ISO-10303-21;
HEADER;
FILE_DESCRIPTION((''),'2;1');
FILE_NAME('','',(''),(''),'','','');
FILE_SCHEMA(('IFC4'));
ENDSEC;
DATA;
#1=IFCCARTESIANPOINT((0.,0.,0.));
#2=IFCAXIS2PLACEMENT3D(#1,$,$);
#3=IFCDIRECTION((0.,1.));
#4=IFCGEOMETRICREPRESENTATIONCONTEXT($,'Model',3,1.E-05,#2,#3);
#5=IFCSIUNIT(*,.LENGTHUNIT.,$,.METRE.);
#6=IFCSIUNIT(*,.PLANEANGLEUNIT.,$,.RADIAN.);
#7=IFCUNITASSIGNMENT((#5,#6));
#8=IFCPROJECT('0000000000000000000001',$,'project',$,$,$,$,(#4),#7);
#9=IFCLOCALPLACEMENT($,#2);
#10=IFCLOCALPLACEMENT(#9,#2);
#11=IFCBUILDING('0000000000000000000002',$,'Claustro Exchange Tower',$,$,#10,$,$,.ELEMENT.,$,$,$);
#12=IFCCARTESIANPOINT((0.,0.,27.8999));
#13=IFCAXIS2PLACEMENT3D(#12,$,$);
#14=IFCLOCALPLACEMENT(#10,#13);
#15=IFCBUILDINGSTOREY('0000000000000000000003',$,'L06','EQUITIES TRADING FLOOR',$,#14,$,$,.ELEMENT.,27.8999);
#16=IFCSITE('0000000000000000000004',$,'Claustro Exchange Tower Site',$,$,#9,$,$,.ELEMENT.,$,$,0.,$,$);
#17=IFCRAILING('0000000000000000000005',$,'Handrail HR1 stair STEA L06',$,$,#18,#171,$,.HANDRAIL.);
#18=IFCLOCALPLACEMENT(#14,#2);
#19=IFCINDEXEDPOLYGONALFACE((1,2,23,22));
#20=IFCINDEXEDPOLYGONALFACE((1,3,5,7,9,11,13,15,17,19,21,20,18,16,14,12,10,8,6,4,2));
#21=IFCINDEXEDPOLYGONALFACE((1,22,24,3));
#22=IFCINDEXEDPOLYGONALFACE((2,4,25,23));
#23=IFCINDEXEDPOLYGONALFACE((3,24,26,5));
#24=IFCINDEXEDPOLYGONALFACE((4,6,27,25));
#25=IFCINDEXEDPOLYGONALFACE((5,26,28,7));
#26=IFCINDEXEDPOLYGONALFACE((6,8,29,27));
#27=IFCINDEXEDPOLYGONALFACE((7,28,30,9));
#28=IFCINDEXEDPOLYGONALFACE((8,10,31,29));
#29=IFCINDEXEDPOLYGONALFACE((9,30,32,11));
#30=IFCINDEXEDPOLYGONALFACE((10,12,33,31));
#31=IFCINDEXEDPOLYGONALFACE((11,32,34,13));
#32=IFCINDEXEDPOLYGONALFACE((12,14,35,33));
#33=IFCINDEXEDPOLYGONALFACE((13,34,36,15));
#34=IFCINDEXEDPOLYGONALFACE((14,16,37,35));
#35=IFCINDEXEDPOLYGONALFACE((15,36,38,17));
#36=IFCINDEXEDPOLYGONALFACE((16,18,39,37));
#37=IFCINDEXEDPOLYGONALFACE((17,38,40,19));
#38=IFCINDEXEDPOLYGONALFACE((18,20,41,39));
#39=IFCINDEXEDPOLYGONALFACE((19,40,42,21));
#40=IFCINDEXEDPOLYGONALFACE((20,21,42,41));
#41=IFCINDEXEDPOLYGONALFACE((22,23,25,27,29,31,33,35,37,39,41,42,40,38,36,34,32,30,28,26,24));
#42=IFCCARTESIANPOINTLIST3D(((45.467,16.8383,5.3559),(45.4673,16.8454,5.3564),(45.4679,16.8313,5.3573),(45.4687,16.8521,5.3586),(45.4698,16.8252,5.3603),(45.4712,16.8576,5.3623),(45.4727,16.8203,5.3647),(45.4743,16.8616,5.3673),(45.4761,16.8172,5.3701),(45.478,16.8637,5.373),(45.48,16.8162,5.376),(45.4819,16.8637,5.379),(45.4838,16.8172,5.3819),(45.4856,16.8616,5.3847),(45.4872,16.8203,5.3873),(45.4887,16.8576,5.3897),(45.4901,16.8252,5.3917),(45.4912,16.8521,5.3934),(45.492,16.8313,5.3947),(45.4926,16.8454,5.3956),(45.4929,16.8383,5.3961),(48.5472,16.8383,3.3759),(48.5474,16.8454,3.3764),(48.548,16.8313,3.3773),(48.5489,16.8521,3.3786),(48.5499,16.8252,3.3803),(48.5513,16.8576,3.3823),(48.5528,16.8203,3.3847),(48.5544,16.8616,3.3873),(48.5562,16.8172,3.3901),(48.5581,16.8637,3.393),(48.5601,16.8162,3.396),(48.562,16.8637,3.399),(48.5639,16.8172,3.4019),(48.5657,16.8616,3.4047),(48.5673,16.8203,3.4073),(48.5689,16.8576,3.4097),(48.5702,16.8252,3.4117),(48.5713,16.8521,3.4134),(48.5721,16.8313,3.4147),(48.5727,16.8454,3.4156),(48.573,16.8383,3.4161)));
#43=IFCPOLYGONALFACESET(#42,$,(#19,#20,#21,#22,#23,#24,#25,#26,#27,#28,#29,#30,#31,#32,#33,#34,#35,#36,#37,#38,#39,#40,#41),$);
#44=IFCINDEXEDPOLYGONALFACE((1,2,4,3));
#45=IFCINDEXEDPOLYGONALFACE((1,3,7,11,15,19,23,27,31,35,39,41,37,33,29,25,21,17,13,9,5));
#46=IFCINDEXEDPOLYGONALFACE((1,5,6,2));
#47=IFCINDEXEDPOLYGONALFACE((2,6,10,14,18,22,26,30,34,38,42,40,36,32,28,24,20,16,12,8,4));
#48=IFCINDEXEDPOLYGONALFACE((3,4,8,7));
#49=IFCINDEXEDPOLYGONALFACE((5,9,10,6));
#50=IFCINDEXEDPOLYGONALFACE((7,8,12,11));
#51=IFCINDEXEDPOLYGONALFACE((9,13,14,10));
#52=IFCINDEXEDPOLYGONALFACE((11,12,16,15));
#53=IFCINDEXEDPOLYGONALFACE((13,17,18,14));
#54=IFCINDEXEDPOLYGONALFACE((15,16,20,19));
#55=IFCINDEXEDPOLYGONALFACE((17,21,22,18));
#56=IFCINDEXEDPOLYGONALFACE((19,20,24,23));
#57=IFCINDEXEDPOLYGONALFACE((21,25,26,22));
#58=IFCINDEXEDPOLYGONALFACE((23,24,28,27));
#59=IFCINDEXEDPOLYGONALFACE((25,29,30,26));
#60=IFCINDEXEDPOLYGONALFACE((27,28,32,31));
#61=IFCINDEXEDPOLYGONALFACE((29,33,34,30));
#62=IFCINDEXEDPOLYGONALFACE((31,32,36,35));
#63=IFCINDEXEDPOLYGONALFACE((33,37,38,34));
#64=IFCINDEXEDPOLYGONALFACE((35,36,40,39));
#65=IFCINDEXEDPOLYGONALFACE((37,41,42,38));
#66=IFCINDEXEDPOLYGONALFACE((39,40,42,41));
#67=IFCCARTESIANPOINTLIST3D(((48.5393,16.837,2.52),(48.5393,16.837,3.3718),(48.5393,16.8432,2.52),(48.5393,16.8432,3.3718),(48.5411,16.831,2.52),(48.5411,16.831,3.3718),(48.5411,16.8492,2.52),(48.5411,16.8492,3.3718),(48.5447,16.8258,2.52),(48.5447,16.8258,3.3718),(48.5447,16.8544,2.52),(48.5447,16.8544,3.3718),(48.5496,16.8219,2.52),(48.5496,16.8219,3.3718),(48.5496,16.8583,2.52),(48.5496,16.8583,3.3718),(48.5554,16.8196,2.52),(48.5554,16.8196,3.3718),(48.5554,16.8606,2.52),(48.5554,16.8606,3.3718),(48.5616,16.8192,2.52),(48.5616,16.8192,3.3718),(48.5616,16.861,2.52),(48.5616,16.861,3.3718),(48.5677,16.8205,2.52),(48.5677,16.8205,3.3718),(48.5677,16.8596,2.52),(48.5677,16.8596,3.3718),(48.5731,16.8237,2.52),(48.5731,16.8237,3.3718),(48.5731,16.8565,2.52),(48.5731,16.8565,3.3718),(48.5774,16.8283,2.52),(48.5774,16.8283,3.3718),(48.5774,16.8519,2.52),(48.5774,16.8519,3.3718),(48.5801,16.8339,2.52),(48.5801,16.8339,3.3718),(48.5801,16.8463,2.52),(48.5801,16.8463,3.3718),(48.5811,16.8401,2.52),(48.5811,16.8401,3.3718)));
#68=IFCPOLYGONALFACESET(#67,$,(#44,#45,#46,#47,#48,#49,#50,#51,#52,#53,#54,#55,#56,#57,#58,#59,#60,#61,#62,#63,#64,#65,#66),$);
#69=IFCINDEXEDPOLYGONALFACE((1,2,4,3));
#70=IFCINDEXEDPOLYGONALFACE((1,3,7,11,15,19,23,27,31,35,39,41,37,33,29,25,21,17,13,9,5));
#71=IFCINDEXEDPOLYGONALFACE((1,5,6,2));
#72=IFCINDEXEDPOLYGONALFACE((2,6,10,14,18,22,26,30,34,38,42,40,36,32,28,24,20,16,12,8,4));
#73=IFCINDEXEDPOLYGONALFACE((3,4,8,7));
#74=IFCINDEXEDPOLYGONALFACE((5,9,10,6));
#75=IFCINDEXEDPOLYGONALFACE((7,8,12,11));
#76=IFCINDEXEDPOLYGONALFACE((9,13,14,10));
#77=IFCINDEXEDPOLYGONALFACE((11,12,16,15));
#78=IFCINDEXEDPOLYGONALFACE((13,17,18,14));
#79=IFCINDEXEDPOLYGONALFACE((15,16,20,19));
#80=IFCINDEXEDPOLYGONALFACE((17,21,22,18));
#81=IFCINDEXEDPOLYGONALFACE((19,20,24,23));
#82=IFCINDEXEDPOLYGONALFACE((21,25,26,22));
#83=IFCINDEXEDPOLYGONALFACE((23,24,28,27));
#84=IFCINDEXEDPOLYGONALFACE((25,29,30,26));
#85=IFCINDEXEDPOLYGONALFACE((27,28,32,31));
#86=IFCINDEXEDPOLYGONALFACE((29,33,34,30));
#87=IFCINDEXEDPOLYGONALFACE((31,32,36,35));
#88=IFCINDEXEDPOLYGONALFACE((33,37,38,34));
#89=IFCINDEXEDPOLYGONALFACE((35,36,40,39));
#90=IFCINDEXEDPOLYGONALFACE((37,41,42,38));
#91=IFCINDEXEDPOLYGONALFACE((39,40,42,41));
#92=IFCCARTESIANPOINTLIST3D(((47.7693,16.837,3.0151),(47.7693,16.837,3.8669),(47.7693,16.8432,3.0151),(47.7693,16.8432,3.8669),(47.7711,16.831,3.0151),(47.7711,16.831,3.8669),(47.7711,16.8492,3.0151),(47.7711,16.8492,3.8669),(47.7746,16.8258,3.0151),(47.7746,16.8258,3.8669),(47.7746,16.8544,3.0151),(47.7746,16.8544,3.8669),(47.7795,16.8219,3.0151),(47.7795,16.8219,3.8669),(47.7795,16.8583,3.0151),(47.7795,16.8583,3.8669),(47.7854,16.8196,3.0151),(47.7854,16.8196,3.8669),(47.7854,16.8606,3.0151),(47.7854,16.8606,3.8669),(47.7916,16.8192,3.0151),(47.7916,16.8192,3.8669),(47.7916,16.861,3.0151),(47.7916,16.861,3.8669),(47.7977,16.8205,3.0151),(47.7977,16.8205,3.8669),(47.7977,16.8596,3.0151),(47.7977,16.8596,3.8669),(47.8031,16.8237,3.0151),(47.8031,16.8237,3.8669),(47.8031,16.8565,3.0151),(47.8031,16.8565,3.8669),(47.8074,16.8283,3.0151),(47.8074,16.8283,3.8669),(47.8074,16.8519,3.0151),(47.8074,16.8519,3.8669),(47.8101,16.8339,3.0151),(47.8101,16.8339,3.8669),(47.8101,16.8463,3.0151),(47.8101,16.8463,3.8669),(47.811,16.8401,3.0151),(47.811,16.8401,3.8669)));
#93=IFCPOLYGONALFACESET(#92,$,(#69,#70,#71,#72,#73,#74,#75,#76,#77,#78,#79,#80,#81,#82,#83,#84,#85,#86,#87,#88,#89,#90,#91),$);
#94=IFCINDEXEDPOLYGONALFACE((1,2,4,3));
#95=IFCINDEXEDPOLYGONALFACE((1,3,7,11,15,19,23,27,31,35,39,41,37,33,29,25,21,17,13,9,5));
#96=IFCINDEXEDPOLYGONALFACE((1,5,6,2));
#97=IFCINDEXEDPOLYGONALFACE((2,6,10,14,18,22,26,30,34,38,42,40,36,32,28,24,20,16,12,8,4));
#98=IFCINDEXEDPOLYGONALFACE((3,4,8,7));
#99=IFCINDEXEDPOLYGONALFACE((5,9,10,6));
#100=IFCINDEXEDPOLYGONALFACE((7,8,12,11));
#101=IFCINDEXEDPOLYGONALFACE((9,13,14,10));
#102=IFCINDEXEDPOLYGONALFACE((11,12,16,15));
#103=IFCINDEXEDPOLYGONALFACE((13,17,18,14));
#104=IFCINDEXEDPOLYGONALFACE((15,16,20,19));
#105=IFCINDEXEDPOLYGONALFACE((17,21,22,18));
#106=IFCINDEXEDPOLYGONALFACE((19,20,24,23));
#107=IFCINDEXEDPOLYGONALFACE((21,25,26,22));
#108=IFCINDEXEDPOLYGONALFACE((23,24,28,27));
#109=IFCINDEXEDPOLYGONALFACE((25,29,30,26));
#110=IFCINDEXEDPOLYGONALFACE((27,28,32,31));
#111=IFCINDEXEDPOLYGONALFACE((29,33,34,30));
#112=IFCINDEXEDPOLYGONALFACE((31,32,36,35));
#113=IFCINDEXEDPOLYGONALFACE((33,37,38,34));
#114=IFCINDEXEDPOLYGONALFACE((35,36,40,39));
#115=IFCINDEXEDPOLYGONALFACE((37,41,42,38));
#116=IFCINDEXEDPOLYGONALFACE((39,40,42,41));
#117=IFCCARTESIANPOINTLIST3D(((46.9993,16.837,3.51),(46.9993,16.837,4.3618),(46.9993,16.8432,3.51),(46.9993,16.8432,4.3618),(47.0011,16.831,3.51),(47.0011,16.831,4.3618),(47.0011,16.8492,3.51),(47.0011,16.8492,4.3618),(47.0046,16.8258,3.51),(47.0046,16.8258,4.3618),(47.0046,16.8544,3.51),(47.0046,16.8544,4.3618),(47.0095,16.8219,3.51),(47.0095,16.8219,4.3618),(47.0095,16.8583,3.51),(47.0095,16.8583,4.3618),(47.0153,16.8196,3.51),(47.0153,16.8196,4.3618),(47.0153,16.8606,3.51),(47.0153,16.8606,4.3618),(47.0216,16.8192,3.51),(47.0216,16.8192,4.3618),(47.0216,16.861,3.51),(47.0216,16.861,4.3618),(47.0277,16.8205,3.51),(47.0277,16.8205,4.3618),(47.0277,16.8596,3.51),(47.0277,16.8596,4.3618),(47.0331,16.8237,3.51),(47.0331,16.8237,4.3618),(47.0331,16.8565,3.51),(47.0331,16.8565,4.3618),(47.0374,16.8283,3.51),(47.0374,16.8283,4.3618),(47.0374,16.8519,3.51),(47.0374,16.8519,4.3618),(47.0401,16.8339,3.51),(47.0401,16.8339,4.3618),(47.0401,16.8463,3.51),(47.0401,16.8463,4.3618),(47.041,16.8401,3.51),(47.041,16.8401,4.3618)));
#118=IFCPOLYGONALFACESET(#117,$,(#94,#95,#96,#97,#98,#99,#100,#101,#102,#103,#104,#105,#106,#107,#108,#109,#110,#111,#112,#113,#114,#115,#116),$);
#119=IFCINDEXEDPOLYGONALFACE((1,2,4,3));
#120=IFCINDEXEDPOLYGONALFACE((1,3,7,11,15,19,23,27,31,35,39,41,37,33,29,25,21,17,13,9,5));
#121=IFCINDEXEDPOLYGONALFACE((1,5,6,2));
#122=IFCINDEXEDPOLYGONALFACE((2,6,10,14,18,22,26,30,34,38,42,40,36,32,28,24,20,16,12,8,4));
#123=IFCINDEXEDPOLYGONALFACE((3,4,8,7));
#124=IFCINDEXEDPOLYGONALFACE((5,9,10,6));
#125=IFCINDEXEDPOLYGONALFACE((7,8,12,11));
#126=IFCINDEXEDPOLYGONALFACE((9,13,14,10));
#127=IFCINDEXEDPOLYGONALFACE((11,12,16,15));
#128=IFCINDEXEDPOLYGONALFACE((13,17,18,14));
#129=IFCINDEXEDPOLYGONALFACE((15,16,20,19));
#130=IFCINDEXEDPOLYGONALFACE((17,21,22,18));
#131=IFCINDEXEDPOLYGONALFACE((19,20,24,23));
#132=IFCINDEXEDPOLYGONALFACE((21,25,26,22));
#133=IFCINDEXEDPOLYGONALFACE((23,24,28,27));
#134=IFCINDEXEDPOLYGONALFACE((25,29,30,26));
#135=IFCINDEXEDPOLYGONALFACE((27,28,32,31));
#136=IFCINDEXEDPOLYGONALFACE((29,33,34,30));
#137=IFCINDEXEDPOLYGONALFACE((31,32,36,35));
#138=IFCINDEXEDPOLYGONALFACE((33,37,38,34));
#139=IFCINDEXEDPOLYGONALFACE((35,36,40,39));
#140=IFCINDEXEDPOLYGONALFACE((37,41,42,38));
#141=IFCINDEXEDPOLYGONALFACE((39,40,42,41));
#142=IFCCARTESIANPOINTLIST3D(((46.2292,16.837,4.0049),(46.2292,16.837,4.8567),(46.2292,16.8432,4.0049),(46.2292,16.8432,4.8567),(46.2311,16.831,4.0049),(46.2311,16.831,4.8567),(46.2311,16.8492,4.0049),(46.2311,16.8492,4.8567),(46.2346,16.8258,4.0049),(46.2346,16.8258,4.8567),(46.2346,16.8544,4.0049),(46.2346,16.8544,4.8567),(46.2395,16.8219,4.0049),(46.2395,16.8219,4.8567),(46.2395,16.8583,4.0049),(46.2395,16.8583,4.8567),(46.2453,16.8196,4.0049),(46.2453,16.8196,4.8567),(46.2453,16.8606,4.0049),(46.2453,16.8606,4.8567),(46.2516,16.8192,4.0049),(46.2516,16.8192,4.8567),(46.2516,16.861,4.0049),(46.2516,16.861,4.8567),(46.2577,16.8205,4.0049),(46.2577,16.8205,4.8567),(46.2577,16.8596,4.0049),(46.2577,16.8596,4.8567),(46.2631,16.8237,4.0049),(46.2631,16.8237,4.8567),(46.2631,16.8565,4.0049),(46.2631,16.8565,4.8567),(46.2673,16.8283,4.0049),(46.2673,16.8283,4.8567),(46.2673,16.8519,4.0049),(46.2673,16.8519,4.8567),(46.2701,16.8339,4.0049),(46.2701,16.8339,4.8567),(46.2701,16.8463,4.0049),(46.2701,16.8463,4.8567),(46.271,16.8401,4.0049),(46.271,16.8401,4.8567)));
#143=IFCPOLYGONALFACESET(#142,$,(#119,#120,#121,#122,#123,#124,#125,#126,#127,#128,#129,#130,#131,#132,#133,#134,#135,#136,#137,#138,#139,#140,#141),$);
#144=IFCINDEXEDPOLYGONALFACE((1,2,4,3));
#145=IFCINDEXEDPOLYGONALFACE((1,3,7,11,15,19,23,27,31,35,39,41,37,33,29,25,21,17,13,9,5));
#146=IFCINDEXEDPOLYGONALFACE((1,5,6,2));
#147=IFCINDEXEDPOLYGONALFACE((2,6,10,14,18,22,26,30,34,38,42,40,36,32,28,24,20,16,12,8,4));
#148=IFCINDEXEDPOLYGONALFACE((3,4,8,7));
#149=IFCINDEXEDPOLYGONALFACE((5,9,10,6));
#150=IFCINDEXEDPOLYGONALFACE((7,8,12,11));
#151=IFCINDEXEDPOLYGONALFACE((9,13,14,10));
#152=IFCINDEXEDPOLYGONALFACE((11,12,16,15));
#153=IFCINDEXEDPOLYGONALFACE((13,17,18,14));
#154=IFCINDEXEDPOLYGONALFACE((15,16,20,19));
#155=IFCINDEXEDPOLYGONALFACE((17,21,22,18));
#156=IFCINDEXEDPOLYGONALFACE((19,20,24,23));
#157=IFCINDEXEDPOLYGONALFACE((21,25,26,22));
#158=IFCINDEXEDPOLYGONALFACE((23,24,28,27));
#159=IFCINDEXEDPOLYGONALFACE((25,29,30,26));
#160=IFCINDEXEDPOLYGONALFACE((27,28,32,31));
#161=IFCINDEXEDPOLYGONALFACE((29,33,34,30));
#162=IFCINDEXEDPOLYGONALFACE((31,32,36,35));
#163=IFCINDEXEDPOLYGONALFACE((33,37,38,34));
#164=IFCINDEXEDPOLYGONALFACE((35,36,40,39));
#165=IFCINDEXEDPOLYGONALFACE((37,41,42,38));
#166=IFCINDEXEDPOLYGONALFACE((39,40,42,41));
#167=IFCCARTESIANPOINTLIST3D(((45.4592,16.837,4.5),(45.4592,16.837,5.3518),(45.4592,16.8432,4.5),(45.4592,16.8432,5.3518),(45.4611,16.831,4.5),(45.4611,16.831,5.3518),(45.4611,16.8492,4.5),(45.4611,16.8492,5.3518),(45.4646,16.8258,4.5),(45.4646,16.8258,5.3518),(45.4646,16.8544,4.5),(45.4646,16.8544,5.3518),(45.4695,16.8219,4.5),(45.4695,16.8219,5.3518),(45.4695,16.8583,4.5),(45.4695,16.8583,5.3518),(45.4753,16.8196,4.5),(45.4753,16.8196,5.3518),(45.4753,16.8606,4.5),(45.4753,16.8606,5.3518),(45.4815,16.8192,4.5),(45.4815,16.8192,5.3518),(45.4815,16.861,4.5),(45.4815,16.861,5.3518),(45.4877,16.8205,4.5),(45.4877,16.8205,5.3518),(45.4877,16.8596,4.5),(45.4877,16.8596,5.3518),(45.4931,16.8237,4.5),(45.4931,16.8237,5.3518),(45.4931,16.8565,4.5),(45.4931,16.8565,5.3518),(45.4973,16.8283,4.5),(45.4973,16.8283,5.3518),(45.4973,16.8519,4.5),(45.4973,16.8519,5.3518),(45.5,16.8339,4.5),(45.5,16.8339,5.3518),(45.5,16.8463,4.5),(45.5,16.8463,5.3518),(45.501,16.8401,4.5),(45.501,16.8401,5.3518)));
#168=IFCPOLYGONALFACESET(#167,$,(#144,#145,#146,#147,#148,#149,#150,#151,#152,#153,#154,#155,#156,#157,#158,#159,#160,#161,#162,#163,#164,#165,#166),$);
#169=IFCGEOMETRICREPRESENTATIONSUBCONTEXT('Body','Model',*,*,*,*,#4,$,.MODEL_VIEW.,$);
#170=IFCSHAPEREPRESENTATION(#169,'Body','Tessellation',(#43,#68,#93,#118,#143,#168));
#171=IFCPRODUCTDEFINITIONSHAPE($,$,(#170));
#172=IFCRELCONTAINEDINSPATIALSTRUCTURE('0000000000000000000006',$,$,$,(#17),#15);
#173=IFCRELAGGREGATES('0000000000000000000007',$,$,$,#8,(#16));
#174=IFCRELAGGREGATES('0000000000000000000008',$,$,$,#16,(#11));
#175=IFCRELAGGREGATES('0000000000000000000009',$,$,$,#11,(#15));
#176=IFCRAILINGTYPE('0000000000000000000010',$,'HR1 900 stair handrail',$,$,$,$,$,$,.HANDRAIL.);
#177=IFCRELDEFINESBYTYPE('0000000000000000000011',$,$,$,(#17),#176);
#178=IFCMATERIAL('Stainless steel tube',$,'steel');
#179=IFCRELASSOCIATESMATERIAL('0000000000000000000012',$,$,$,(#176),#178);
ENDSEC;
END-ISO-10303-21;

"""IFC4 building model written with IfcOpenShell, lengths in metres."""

from ifc_helpers import new_model, si_unit, direction, frame, origin, origin_2d, place, context, subcontext, project, spatial, circle, extrude, material, type_object, element, save


model = new_model("IFC4")

# Units and contexts
model_context = context("Model", 3, precision=1e-05, world=origin(), true_north=direction((0.0, 1.0)))
body_context = subcontext(model_context, "Body", "Model", "MODEL_VIEW")
ifc_project = project(units=[si_unit("LENGTHUNIT", "METRE"), si_unit("PLANEANGLEUNIT", "RADIAN")], contexts=[model_context])

# Site, building, storey
site_placement = place(None, origin())
site = spatial("IfcSite", under=ifc_project, at=site_placement, Name="Claustro Exchange Tower Site", CompositionType="ELEMENT", RefElevation=0.0)
building_placement = place(site_placement, origin())
building = spatial("IfcBuilding", under=site, at=building_placement, Name="Claustro Exchange Tower", CompositionType="ELEMENT")
storey_placement = place(building_placement, frame((0.0, 0.0, 27.8999)))
storey = spatial("IfcBuildingStorey", under=building, at=storey_placement, Name="L06", Description="EQUITIES TRADING FLOOR", CompositionType="ELEMENT", Elevation=27.8999)

# Railing
ifc_material_1 = material(Name="Stainless steel tube", Category="steel")
railing_type_1 = type_object("IfcRailingType", Name="HR1 900 stair handrail", PredefinedType="HANDRAIL", material=ifc_material_1)
railing_1_placement = place(storey_placement, frame((48.5601, 16.8401, 2.52)))
element("IfcRailing", 1, at=railing_1_placement, inside=storey, type_object=railing_type_1, Name="Handrail HR1 stair STEA L06", PredefinedType="HANDRAIL", context=body_context, shape_type="SweptSolid", body=[
    extrude(circle(Radius=0.0239, at=origin_2d()), frame((0.0, 0.0, 0.876), z_axis=(-0.841187, 0.0, 0.540744), x_axis=(0.0, -1.0, 0.0)), (0.0, 0.0, 1.0), 3.6616),
    extrude(circle(Radius=0.021, at=origin_2d()), origin(), (0.0, 0.0, 1.0), 0.8518),
    extrude(circle(Radius=0.021, at=origin_2d()), frame((-0.77, 0.0, 0.4951)), (0.0, 0.0, 1.0), 0.8518),
    extrude(circle(Radius=0.021, at=origin_2d()), frame((-1.54, 0.0, 0.99)), (0.0, 0.0, 1.0), 0.8518),
    extrude(circle(Radius=0.021, at=origin_2d()), frame((-2.3101, 0.0, 1.4849)), (0.0, 0.0, 1.0), 0.8518),
    extrude(circle(Radius=0.021, at=origin_2d()), frame((-3.0801, 0.0, 1.98)), (0.0, 0.0, 1.0), 0.8518),
])

save(model, "model.ifc")
